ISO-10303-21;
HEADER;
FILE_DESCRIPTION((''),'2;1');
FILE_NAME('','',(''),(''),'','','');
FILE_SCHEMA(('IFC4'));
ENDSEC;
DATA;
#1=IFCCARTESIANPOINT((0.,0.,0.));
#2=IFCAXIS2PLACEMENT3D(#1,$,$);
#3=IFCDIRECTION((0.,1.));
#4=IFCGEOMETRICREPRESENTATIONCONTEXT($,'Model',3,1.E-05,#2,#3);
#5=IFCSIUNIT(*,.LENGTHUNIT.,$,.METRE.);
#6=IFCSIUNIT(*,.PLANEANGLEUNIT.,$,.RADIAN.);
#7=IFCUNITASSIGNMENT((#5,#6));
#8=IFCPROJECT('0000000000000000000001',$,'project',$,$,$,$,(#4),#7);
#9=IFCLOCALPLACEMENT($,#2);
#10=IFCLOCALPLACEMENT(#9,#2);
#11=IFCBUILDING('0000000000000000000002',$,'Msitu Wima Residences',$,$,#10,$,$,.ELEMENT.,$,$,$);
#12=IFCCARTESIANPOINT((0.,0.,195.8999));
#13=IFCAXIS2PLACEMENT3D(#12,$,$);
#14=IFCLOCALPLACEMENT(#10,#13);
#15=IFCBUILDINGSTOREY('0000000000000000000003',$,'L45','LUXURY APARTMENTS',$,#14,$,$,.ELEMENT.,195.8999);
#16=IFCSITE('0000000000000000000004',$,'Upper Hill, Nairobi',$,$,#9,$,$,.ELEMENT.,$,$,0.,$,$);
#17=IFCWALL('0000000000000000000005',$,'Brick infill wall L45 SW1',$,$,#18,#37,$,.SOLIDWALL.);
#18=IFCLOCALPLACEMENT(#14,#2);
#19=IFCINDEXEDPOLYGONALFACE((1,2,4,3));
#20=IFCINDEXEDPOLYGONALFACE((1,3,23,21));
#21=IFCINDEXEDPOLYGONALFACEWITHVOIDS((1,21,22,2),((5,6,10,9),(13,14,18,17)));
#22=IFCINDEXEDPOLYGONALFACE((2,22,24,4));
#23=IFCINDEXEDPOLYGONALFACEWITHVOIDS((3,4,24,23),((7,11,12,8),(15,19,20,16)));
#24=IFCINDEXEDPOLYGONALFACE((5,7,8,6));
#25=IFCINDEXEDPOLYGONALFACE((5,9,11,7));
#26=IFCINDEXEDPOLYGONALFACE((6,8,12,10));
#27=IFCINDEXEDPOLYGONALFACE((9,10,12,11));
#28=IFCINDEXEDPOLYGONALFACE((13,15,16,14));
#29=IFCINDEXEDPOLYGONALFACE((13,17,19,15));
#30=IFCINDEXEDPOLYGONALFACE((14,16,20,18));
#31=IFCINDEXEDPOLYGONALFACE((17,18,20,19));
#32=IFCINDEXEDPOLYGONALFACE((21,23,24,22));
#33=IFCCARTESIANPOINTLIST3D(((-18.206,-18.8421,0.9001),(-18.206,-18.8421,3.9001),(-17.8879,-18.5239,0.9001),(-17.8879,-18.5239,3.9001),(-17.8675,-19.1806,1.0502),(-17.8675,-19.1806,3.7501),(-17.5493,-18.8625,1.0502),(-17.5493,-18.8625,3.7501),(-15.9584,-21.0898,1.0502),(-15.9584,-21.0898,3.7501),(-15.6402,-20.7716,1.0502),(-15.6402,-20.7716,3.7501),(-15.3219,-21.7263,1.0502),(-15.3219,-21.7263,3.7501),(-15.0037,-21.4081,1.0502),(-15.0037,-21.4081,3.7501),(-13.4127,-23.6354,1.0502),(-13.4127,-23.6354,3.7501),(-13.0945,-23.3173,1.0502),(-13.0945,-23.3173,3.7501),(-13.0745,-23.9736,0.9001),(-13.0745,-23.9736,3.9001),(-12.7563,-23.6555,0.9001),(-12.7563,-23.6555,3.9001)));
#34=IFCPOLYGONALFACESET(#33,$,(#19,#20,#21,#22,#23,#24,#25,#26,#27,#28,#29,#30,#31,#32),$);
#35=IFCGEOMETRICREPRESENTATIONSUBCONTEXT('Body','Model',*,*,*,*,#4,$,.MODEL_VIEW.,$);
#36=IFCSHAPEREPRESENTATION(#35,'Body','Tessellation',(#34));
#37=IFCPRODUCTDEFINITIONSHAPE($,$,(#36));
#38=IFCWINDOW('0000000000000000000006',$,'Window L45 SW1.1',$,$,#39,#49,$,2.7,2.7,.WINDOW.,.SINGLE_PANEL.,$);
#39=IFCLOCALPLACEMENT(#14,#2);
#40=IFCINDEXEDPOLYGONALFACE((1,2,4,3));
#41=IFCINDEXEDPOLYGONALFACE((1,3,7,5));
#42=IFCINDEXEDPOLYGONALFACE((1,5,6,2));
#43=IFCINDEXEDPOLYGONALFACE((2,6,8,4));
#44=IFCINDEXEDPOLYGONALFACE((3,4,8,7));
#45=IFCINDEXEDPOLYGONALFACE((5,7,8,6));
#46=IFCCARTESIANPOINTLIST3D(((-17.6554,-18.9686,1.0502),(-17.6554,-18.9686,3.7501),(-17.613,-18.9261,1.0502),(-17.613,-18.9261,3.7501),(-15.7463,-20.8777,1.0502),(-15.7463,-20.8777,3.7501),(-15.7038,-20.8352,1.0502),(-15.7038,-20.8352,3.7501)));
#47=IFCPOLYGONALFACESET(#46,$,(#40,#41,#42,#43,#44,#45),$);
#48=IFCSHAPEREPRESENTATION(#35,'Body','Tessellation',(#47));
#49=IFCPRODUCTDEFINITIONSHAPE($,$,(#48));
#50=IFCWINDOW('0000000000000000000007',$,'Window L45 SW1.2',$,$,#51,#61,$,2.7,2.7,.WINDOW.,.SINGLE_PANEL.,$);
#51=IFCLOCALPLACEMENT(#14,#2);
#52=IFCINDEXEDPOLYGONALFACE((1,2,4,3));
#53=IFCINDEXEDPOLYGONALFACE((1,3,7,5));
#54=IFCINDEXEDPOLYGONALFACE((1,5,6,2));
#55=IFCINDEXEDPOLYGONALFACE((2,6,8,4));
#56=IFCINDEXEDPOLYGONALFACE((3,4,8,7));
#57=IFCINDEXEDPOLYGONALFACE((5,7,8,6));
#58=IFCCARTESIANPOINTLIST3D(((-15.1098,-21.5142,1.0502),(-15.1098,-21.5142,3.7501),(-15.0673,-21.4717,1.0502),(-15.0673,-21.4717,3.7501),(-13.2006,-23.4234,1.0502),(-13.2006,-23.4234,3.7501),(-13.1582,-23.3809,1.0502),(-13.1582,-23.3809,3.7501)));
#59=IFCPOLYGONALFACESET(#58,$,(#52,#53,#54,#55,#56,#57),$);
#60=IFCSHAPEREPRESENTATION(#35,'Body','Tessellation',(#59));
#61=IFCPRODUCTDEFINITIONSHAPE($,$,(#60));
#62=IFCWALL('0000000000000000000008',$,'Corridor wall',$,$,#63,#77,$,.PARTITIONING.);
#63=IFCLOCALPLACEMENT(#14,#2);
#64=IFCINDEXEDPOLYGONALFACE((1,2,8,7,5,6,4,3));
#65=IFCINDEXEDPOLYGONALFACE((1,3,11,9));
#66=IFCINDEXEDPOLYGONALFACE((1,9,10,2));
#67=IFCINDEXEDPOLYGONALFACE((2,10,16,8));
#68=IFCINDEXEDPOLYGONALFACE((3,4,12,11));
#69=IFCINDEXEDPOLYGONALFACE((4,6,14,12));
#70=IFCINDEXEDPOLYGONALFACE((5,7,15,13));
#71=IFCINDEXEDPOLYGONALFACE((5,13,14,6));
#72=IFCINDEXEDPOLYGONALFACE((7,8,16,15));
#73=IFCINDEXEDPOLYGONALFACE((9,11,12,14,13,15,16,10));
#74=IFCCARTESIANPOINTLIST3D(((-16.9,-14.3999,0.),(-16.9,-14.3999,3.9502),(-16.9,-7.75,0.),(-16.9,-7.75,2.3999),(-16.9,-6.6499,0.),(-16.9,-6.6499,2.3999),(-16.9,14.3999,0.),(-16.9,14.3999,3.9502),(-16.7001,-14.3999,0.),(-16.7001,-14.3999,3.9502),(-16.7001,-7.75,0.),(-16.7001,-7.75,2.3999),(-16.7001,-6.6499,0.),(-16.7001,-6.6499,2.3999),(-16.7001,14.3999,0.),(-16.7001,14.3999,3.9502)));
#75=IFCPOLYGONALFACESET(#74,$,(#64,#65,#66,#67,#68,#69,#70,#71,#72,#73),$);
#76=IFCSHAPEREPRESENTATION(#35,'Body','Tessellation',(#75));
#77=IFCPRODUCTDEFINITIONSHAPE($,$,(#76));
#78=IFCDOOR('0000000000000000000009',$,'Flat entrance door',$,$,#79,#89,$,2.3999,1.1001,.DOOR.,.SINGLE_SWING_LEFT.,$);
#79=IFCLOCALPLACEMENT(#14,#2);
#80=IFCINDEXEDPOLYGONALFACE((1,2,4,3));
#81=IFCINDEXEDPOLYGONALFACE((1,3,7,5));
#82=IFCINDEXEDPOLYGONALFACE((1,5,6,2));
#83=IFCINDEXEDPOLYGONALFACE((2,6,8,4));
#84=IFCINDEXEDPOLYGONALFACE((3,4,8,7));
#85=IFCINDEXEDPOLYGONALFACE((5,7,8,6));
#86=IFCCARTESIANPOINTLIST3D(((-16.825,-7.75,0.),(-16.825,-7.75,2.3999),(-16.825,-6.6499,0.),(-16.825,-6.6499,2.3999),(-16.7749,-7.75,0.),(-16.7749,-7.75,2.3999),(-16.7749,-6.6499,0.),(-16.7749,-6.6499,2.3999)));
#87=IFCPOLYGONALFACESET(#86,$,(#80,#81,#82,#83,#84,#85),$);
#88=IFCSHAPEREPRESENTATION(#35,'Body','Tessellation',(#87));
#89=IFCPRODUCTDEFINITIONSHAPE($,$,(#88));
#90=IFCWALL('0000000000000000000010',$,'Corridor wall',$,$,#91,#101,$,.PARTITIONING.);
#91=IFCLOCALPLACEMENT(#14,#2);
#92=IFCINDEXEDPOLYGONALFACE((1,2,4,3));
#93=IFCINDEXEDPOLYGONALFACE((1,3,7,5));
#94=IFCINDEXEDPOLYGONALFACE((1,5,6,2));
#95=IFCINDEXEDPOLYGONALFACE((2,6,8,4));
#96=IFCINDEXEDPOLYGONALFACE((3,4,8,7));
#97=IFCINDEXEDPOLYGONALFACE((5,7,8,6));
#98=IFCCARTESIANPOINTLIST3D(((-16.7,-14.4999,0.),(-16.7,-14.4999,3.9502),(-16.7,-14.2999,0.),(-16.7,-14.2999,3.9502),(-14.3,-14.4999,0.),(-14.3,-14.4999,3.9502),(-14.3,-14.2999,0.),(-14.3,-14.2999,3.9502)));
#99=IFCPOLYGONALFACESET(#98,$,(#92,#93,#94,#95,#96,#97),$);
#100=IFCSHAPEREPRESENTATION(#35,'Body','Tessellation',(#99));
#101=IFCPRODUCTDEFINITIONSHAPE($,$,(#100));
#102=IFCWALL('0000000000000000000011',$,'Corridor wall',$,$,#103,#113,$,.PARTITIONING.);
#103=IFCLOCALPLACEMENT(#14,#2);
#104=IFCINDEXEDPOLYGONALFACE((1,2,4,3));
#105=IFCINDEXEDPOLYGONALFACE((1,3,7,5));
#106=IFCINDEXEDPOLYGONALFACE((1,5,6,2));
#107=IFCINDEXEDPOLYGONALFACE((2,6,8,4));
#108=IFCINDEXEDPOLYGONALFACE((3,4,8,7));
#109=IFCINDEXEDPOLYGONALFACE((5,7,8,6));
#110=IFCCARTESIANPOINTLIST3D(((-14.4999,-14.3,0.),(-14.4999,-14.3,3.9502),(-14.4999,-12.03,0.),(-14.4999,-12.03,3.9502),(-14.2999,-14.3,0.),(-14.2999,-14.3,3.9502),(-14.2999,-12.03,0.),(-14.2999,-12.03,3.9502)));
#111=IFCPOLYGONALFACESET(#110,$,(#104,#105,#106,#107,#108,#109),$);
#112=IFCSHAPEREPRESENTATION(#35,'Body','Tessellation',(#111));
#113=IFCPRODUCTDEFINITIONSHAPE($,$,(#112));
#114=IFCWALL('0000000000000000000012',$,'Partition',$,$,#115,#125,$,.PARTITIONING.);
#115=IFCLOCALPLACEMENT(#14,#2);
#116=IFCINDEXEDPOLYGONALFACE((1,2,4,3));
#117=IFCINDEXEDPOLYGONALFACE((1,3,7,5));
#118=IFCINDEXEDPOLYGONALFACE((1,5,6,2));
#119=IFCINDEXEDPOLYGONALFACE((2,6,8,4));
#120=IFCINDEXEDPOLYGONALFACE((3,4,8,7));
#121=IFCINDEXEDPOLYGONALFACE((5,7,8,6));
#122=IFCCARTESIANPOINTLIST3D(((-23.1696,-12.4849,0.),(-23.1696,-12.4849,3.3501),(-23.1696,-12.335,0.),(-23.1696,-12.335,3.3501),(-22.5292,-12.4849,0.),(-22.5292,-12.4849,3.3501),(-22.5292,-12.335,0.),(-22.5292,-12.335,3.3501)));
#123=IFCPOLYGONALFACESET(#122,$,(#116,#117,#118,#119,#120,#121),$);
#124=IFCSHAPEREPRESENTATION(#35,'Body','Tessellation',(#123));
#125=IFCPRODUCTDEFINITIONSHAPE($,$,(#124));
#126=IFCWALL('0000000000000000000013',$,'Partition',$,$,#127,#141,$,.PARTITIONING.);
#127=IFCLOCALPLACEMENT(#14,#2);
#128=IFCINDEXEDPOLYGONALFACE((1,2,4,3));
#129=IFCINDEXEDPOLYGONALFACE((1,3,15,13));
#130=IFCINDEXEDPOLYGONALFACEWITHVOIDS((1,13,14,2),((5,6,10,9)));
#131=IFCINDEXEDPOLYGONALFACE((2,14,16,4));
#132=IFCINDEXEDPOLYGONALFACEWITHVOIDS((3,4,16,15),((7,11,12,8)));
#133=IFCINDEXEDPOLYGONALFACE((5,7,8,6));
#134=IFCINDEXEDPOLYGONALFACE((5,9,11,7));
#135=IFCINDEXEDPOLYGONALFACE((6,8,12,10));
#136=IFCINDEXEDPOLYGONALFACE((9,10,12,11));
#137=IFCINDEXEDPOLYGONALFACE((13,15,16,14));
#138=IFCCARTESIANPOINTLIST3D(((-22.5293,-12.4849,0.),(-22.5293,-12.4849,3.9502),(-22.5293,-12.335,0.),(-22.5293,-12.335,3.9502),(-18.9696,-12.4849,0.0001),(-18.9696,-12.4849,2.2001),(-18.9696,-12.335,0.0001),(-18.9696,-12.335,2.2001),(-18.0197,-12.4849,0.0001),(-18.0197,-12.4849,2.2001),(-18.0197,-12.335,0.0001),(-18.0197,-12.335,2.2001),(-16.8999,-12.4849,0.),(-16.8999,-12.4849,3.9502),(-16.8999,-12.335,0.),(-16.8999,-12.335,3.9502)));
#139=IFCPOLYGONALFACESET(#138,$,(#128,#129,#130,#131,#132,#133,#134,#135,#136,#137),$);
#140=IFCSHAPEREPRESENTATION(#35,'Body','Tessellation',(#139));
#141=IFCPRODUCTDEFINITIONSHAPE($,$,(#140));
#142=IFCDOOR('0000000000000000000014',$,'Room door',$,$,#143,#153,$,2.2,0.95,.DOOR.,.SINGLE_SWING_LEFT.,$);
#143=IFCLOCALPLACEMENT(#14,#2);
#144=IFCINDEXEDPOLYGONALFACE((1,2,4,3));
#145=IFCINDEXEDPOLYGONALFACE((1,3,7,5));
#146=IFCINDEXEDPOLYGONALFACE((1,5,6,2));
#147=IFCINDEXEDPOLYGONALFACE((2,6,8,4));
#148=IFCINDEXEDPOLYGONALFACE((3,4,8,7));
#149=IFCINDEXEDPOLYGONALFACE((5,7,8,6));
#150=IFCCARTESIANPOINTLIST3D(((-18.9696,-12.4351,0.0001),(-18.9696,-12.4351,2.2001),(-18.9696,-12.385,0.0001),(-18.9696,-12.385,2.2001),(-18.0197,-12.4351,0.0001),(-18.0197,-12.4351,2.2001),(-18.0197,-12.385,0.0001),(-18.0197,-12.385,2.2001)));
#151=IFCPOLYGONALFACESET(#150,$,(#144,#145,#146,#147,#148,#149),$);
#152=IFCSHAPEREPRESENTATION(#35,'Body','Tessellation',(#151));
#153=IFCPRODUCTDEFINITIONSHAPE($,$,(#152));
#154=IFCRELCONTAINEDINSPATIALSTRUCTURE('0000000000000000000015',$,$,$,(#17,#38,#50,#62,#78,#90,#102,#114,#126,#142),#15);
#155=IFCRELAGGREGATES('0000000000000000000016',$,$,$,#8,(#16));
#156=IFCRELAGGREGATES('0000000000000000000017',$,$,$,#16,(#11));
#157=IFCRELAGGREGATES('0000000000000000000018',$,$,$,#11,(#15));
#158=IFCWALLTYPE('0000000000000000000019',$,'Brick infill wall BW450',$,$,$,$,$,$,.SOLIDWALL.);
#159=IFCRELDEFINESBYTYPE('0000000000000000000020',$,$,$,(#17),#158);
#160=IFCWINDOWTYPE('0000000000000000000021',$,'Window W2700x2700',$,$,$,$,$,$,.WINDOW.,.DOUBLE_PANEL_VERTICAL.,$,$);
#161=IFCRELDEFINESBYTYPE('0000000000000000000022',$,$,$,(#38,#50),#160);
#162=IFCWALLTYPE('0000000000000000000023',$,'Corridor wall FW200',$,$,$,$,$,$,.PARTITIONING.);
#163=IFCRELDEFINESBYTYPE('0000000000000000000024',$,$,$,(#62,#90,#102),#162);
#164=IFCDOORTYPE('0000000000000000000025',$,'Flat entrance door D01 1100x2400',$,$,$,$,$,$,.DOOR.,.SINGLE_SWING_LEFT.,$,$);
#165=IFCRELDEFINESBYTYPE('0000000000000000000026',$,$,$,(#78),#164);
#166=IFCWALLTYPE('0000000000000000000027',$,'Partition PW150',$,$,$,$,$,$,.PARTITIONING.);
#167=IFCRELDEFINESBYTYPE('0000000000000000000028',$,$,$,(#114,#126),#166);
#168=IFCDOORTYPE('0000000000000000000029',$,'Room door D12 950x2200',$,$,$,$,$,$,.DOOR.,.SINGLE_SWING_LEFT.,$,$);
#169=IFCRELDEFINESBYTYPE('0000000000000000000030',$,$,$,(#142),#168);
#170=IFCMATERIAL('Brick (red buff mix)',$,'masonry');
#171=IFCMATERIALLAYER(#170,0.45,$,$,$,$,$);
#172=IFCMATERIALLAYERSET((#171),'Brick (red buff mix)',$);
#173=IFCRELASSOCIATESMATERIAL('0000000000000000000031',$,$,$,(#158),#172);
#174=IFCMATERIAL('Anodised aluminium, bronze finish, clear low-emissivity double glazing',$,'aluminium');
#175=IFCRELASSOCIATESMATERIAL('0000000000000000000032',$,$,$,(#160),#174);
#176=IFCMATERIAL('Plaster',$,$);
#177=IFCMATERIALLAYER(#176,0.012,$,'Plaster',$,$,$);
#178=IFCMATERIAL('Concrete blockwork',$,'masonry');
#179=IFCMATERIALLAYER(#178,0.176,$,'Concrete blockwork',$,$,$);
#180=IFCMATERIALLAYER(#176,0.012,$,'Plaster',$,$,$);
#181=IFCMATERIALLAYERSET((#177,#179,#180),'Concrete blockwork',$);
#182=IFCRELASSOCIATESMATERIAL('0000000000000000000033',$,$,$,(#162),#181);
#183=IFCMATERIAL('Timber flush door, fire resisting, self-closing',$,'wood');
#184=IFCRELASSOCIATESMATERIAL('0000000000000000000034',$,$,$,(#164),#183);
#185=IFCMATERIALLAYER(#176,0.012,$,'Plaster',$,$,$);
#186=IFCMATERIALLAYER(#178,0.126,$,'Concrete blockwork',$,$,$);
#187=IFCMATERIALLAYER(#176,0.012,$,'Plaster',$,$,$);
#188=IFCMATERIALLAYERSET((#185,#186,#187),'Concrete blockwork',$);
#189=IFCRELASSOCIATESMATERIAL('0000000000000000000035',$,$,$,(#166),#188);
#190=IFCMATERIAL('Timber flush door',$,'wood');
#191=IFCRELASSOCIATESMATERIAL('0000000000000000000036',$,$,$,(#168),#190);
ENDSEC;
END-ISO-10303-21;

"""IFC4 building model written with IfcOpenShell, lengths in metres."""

from ifc_helpers import new_model, si_unit, direction, frame, frame_2d, origin, place, context, subcontext, project, spatial, rectangle, extrude, material, layer, layer_set, type_object, element, fill, save


model = new_model("IFC4")

# Units and contexts
model_context = context("Model", 3, precision=1e-05, world=origin(), true_north=direction((0.0, 1.0)))
body_context = subcontext(model_context, "Body", "Model", "MODEL_VIEW")
ifc_project = project(units=[si_unit("LENGTHUNIT", "METRE"), si_unit("PLANEANGLEUNIT", "RADIAN")], contexts=[model_context])

# Site, building, storey
site_placement = place(None, origin())
site = spatial("IfcSite", under=ifc_project, at=site_placement, Name="Upper Hill, Nairobi", CompositionType="ELEMENT", RefElevation=0.0)
building_placement = place(site_placement, origin())
building = spatial("IfcBuilding", under=site, at=building_placement, Name="Msitu Wima Residences", CompositionType="ELEMENT")
storey_placement = place(building_placement, frame((0.0, 0.0, 195.8999)))
storey = spatial("IfcBuildingStorey", under=building, at=storey_placement, Name="L45", Description="LUXURY APARTMENTS", CompositionType="ELEMENT", Elevation=195.8999)

# Wall, openings, windows
ifc_material_1 = material(Name="Brick (red buff mix)", Category="masonry")
ifc_layer_1 = layer(ifc_material_1, 0.45)
ifc_layer_set_1 = layer_set([ifc_layer_1], Name="Brick (red buff mix)")
wall_type_1 = type_object("IfcWallType", Name="Brick infill wall BW450", PredefinedType="SOLIDWALL", material=ifc_layer_set_1)
ifc_material_2 = material(Name="Anodised aluminium, bronze finish, clear low-emissivity double glazing", Category="aluminium")
window_type = type_object("IfcWindowType", Name="Window W2700x2700", PartitioningType="DOUBLE_PANEL_VERTICAL", PredefinedType="WINDOW", material=ifc_material_2)
wall_1_placement = place(storey_placement, frame((-18.0469, -18.6831, 0.9001), z_axis=(0.0, 0.0, 1.0), x_axis=(0.707107, -0.707107, 0.0)))
wall_1 = element("IfcWall", 1, at=wall_1_placement, inside=storey, type_object=wall_type_1, Name="Brick infill wall L45 SW1", PredefinedType="SOLIDWALL", context=body_context, shape_type="SweptSolid", body=[
    extrude(rectangle(XDim=7.2571, YDim=0.45, at=frame_2d((3.6284, 0.0))), origin(), (0.0, 0.0, 1.0), 3.0),
])
opening_1_placement = place(wall_1_placement, frame((0.4785, 0.0, 0.1499)))
opening_1 = element("IfcOpeningElement", 2, at=opening_1_placement, cuts=wall_1, PredefinedType="OPENING", context=body_context, shape_type="SweptSolid", body=[
    extrude(rectangle(XDim=2.7, YDim=2.7, at=frame_2d((1.3501, 1.3501))), frame((0.0, 0.2349, 0.0), z_axis=(0.0, -1.0, 0.0), x_axis=(1.0, 0.0, 0.0)), (0.0, 0.0, 1.0), 0.47),
])
opening_2_placement = place(wall_1_placement, frame((4.0786, 0.0, 0.1499)))
opening_2 = element("IfcOpeningElement", 3, at=opening_2_placement, cuts=wall_1, PredefinedType="OPENING", context=body_context, shape_type="SweptSolid", body=[
    extrude(rectangle(XDim=2.7, YDim=2.7, at=frame_2d((1.3501, 1.3501))), frame((0.0, 0.2349, 0.0), z_axis=(0.0, -1.0, 0.0), x_axis=(1.0, 0.0, 0.0)), (0.0, 0.0, 1.0), 0.47),
])
window_1_placement = place(opening_1_placement, origin())
window_1 = element("IfcWindow", 4, at=window_1_placement, inside=storey, type_object=window_type, Name="Window L45 SW1.1", OverallHeight=2.7, OverallWidth=2.7, PartitioningType="SINGLE_PANEL", PredefinedType="WINDOW", context=body_context, shape_type="SweptSolid", body=[
    extrude(rectangle(XDim=2.7, YDim=2.7, at=frame_2d((1.3501, 1.3501))), frame((0.0, 0.135, 0.0), z_axis=(0.0, -1.0, 0.0), x_axis=(1.0, 0.0, 0.0)), (0.0, 0.0, 1.0), 0.0601),
])
fill(opening_1, window_1)
window_2_placement = place(opening_2_placement, origin())
window_2 = element("IfcWindow", 5, at=window_2_placement, inside=storey, type_object=window_type, Name="Window L45 SW1.2", OverallHeight=2.7, OverallWidth=2.7, PartitioningType="SINGLE_PANEL", PredefinedType="WINDOW", context=body_context, shape_type="SweptSolid", body=[
    extrude(rectangle(XDim=2.7, YDim=2.7, at=frame_2d((1.3501, 1.3501))), frame((0.0, 0.135, 0.0), z_axis=(0.0, -1.0, 0.0), x_axis=(1.0, 0.0, 0.0)), (0.0, 0.0, 1.0), 0.0601),
])
fill(opening_2, window_2)

# Wall, opening, door
ifc_material_3 = material(Name="Plaster")
ifc_layer_2 = layer(ifc_material_3, 0.012, Name="Plaster")
ifc_material_4 = material(Name="Concrete blockwork", Category="masonry")
ifc_layer_3 = layer(ifc_material_4, 0.176, Name="Concrete blockwork")
ifc_layer_4 = layer(ifc_material_3, 0.012, Name="Plaster")
ifc_layer_set_2 = layer_set([ifc_layer_2, ifc_layer_3, ifc_layer_4], Name="Concrete blockwork")
wall_type_2 = type_object("IfcWallType", Name="Corridor wall FW200", PredefinedType="PARTITIONING", material=ifc_layer_set_2)
wall_2_placement = place(storey_placement, frame((-16.8, -14.3999, 0.0), z_axis=(0.0, 0.0, 1.0), x_axis=(0.0, 1.0, 0.0)))
wall_2 = element("IfcWall", 6, at=wall_2_placement, inside=storey, type_object=wall_type_2, Name="Corridor wall", PredefinedType="PARTITIONING", context=body_context, shape_type="SweptSolid", body=[
    extrude(rectangle(XDim=28.7998, YDim=0.2, at=frame_2d((14.3999, 0.0))), origin(), (0.0, 0.0, 1.0), 3.9502),
])
opening_3_placement = place(wall_2_placement, frame((6.6499, 0.0, 0.0)))
opening_3 = element("IfcOpeningElement", 7, at=opening_3_placement, cuts=wall_2, PredefinedType="OPENING", context=body_context, shape_type="SweptSolid", body=[
    extrude(rectangle(XDim=1.1001, YDim=2.3999, at=frame_2d((0.55, 1.2))), frame((0.0, 0.1099, 0.0), z_axis=(0.0, -1.0, 0.0), x_axis=(1.0, 0.0, 0.0)), (0.0, 0.0, 1.0), 0.22),
])
ifc_material_5 = material(Name="Timber flush door, fire resisting, self-closing", Category="wood")
door_type_1 = type_object("IfcDoorType", Name="Flat entrance door D01 1100x2400", OperationType="SINGLE_SWING_LEFT", PredefinedType="DOOR", material=ifc_material_5)
door_1_placement = place(opening_3_placement, origin())
door_1 = element("IfcDoor", 8, at=door_1_placement, inside=storey, type_object=door_type_1, Name="Flat entrance door", OperationType="SINGLE_SWING_LEFT", OverallHeight=2.3999, OverallWidth=1.1001, PredefinedType="DOOR", context=body_context, shape_type="SweptSolid", body=[
    extrude(rectangle(XDim=1.1001, YDim=2.3999, at=frame_2d((0.55, 1.2))), frame((0.0, 0.0249, 0.0), z_axis=(0.0, -1.0, 0.0), x_axis=(1.0, 0.0, 0.0)), (0.0, 0.0, 1.0), 0.05),
])
fill(opening_3, door_1)

# Walls
wall_3_placement = place(storey_placement, frame((-16.7, -14.3999, 0.0), z_axis=(0.0, 0.0, 1.0), x_axis=(1.0, 0.0, 0.0)))
element("IfcWall", 9, at=wall_3_placement, inside=storey, type_object=wall_type_2, Name="Corridor wall", PredefinedType="PARTITIONING", context=body_context, shape_type="SweptSolid", body=[
    extrude(rectangle(XDim=2.3999, YDim=0.2, at=frame_2d((1.2, 0.0))), origin(), (0.0, 0.0, 1.0), 3.9502),
])
wall_4_placement = place(storey_placement, frame((-14.3999, -14.3, 0.0), z_axis=(0.0, 0.0, 1.0), x_axis=(0.0, 1.0, 0.0)))
element("IfcWall", 10, at=wall_4_placement, inside=storey, type_object=wall_type_2, Name="Corridor wall", PredefinedType="PARTITIONING", context=body_context, shape_type="SweptSolid", body=[
    extrude(rectangle(XDim=2.27, YDim=0.2, at=frame_2d((1.135, 0.0))), origin(), (0.0, 0.0, 1.0), 3.9502),
])
ifc_layer_5 = layer(ifc_material_3, 0.012, Name="Plaster")
ifc_layer_6 = layer(ifc_material_4, 0.126, Name="Concrete blockwork")
ifc_layer_7 = layer(ifc_material_3, 0.012, Name="Plaster")
ifc_layer_set_3 = layer_set([ifc_layer_5, ifc_layer_6, ifc_layer_7], Name="Concrete blockwork")
wall_type_3 = type_object("IfcWallType", Name="Partition PW150", PredefinedType="PARTITIONING", material=ifc_layer_set_3)
wall_5_placement = place(storey_placement, frame((-23.1697, -12.4099, 0.0), z_axis=(0.0, 0.0, 1.0), x_axis=(1.0, 0.0, 0.0)))
element("IfcWall", 11, at=wall_5_placement, inside=storey, type_object=wall_type_3, Name="Partition", PredefinedType="PARTITIONING", context=body_context, shape_type="SweptSolid", body=[
    extrude(rectangle(XDim=0.6404, YDim=0.1499, at=frame_2d((0.3203, 0.0))), origin(), (0.0, 0.0, 1.0), 3.3501),
])

# Wall, opening, door
wall_6_placement = place(storey_placement, frame((-22.5293, -12.4099, 0.0), z_axis=(0.0, 0.0, 1.0), x_axis=(1.0, 0.0, 0.0)))
wall_6 = element("IfcWall", 12, at=wall_6_placement, inside=storey, type_object=wall_type_3, Name="Partition", PredefinedType="PARTITIONING", context=body_context, shape_type="SweptSolid", body=[
    extrude(rectangle(XDim=5.6294, YDim=0.1499, at=frame_2d((2.8147, 0.0))), origin(), (0.0, 0.0, 1.0), 3.9502),
])
opening_4_placement = place(wall_6_placement, frame((3.5596, 0.0, 0.0)))
opening_4 = element("IfcOpeningElement", 13, at=opening_4_placement, cuts=wall_6, PredefinedType="OPENING", context=body_context, shape_type="SweptSolid", body=[
    extrude(rectangle(XDim=0.95, YDim=2.2, at=frame_2d((0.4751, 1.1001))), frame((0.0, 0.085, 0.0), z_axis=(0.0, -1.0, 0.0), x_axis=(1.0, 0.0, 0.0)), (0.0, 0.0, 1.0), 0.1699),
])
ifc_material_6 = material(Name="Timber flush door", Category="wood")
door_type_2 = type_object("IfcDoorType", Name="Room door D12 950x2200", OperationType="SINGLE_SWING_LEFT", PredefinedType="DOOR", material=ifc_material_6)
door_2_placement = place(opening_4_placement, origin())
door_2 = element("IfcDoor", 14, at=door_2_placement, inside=storey, type_object=door_type_2, Name="Room door", OperationType="SINGLE_SWING_LEFT", OverallHeight=2.2, OverallWidth=0.95, PredefinedType="DOOR", context=body_context, shape_type="SweptSolid", body=[
    extrude(rectangle(XDim=0.95, YDim=2.2, at=frame_2d((0.4751, 1.1001))), frame((0.0, 0.0249, 0.0), z_axis=(0.0, -1.0, 0.0), x_axis=(1.0, 0.0, 0.0)), (0.0, 0.0, 1.0), 0.05),
])
fill(opening_4, door_2)

save(model, "model.ifc")
